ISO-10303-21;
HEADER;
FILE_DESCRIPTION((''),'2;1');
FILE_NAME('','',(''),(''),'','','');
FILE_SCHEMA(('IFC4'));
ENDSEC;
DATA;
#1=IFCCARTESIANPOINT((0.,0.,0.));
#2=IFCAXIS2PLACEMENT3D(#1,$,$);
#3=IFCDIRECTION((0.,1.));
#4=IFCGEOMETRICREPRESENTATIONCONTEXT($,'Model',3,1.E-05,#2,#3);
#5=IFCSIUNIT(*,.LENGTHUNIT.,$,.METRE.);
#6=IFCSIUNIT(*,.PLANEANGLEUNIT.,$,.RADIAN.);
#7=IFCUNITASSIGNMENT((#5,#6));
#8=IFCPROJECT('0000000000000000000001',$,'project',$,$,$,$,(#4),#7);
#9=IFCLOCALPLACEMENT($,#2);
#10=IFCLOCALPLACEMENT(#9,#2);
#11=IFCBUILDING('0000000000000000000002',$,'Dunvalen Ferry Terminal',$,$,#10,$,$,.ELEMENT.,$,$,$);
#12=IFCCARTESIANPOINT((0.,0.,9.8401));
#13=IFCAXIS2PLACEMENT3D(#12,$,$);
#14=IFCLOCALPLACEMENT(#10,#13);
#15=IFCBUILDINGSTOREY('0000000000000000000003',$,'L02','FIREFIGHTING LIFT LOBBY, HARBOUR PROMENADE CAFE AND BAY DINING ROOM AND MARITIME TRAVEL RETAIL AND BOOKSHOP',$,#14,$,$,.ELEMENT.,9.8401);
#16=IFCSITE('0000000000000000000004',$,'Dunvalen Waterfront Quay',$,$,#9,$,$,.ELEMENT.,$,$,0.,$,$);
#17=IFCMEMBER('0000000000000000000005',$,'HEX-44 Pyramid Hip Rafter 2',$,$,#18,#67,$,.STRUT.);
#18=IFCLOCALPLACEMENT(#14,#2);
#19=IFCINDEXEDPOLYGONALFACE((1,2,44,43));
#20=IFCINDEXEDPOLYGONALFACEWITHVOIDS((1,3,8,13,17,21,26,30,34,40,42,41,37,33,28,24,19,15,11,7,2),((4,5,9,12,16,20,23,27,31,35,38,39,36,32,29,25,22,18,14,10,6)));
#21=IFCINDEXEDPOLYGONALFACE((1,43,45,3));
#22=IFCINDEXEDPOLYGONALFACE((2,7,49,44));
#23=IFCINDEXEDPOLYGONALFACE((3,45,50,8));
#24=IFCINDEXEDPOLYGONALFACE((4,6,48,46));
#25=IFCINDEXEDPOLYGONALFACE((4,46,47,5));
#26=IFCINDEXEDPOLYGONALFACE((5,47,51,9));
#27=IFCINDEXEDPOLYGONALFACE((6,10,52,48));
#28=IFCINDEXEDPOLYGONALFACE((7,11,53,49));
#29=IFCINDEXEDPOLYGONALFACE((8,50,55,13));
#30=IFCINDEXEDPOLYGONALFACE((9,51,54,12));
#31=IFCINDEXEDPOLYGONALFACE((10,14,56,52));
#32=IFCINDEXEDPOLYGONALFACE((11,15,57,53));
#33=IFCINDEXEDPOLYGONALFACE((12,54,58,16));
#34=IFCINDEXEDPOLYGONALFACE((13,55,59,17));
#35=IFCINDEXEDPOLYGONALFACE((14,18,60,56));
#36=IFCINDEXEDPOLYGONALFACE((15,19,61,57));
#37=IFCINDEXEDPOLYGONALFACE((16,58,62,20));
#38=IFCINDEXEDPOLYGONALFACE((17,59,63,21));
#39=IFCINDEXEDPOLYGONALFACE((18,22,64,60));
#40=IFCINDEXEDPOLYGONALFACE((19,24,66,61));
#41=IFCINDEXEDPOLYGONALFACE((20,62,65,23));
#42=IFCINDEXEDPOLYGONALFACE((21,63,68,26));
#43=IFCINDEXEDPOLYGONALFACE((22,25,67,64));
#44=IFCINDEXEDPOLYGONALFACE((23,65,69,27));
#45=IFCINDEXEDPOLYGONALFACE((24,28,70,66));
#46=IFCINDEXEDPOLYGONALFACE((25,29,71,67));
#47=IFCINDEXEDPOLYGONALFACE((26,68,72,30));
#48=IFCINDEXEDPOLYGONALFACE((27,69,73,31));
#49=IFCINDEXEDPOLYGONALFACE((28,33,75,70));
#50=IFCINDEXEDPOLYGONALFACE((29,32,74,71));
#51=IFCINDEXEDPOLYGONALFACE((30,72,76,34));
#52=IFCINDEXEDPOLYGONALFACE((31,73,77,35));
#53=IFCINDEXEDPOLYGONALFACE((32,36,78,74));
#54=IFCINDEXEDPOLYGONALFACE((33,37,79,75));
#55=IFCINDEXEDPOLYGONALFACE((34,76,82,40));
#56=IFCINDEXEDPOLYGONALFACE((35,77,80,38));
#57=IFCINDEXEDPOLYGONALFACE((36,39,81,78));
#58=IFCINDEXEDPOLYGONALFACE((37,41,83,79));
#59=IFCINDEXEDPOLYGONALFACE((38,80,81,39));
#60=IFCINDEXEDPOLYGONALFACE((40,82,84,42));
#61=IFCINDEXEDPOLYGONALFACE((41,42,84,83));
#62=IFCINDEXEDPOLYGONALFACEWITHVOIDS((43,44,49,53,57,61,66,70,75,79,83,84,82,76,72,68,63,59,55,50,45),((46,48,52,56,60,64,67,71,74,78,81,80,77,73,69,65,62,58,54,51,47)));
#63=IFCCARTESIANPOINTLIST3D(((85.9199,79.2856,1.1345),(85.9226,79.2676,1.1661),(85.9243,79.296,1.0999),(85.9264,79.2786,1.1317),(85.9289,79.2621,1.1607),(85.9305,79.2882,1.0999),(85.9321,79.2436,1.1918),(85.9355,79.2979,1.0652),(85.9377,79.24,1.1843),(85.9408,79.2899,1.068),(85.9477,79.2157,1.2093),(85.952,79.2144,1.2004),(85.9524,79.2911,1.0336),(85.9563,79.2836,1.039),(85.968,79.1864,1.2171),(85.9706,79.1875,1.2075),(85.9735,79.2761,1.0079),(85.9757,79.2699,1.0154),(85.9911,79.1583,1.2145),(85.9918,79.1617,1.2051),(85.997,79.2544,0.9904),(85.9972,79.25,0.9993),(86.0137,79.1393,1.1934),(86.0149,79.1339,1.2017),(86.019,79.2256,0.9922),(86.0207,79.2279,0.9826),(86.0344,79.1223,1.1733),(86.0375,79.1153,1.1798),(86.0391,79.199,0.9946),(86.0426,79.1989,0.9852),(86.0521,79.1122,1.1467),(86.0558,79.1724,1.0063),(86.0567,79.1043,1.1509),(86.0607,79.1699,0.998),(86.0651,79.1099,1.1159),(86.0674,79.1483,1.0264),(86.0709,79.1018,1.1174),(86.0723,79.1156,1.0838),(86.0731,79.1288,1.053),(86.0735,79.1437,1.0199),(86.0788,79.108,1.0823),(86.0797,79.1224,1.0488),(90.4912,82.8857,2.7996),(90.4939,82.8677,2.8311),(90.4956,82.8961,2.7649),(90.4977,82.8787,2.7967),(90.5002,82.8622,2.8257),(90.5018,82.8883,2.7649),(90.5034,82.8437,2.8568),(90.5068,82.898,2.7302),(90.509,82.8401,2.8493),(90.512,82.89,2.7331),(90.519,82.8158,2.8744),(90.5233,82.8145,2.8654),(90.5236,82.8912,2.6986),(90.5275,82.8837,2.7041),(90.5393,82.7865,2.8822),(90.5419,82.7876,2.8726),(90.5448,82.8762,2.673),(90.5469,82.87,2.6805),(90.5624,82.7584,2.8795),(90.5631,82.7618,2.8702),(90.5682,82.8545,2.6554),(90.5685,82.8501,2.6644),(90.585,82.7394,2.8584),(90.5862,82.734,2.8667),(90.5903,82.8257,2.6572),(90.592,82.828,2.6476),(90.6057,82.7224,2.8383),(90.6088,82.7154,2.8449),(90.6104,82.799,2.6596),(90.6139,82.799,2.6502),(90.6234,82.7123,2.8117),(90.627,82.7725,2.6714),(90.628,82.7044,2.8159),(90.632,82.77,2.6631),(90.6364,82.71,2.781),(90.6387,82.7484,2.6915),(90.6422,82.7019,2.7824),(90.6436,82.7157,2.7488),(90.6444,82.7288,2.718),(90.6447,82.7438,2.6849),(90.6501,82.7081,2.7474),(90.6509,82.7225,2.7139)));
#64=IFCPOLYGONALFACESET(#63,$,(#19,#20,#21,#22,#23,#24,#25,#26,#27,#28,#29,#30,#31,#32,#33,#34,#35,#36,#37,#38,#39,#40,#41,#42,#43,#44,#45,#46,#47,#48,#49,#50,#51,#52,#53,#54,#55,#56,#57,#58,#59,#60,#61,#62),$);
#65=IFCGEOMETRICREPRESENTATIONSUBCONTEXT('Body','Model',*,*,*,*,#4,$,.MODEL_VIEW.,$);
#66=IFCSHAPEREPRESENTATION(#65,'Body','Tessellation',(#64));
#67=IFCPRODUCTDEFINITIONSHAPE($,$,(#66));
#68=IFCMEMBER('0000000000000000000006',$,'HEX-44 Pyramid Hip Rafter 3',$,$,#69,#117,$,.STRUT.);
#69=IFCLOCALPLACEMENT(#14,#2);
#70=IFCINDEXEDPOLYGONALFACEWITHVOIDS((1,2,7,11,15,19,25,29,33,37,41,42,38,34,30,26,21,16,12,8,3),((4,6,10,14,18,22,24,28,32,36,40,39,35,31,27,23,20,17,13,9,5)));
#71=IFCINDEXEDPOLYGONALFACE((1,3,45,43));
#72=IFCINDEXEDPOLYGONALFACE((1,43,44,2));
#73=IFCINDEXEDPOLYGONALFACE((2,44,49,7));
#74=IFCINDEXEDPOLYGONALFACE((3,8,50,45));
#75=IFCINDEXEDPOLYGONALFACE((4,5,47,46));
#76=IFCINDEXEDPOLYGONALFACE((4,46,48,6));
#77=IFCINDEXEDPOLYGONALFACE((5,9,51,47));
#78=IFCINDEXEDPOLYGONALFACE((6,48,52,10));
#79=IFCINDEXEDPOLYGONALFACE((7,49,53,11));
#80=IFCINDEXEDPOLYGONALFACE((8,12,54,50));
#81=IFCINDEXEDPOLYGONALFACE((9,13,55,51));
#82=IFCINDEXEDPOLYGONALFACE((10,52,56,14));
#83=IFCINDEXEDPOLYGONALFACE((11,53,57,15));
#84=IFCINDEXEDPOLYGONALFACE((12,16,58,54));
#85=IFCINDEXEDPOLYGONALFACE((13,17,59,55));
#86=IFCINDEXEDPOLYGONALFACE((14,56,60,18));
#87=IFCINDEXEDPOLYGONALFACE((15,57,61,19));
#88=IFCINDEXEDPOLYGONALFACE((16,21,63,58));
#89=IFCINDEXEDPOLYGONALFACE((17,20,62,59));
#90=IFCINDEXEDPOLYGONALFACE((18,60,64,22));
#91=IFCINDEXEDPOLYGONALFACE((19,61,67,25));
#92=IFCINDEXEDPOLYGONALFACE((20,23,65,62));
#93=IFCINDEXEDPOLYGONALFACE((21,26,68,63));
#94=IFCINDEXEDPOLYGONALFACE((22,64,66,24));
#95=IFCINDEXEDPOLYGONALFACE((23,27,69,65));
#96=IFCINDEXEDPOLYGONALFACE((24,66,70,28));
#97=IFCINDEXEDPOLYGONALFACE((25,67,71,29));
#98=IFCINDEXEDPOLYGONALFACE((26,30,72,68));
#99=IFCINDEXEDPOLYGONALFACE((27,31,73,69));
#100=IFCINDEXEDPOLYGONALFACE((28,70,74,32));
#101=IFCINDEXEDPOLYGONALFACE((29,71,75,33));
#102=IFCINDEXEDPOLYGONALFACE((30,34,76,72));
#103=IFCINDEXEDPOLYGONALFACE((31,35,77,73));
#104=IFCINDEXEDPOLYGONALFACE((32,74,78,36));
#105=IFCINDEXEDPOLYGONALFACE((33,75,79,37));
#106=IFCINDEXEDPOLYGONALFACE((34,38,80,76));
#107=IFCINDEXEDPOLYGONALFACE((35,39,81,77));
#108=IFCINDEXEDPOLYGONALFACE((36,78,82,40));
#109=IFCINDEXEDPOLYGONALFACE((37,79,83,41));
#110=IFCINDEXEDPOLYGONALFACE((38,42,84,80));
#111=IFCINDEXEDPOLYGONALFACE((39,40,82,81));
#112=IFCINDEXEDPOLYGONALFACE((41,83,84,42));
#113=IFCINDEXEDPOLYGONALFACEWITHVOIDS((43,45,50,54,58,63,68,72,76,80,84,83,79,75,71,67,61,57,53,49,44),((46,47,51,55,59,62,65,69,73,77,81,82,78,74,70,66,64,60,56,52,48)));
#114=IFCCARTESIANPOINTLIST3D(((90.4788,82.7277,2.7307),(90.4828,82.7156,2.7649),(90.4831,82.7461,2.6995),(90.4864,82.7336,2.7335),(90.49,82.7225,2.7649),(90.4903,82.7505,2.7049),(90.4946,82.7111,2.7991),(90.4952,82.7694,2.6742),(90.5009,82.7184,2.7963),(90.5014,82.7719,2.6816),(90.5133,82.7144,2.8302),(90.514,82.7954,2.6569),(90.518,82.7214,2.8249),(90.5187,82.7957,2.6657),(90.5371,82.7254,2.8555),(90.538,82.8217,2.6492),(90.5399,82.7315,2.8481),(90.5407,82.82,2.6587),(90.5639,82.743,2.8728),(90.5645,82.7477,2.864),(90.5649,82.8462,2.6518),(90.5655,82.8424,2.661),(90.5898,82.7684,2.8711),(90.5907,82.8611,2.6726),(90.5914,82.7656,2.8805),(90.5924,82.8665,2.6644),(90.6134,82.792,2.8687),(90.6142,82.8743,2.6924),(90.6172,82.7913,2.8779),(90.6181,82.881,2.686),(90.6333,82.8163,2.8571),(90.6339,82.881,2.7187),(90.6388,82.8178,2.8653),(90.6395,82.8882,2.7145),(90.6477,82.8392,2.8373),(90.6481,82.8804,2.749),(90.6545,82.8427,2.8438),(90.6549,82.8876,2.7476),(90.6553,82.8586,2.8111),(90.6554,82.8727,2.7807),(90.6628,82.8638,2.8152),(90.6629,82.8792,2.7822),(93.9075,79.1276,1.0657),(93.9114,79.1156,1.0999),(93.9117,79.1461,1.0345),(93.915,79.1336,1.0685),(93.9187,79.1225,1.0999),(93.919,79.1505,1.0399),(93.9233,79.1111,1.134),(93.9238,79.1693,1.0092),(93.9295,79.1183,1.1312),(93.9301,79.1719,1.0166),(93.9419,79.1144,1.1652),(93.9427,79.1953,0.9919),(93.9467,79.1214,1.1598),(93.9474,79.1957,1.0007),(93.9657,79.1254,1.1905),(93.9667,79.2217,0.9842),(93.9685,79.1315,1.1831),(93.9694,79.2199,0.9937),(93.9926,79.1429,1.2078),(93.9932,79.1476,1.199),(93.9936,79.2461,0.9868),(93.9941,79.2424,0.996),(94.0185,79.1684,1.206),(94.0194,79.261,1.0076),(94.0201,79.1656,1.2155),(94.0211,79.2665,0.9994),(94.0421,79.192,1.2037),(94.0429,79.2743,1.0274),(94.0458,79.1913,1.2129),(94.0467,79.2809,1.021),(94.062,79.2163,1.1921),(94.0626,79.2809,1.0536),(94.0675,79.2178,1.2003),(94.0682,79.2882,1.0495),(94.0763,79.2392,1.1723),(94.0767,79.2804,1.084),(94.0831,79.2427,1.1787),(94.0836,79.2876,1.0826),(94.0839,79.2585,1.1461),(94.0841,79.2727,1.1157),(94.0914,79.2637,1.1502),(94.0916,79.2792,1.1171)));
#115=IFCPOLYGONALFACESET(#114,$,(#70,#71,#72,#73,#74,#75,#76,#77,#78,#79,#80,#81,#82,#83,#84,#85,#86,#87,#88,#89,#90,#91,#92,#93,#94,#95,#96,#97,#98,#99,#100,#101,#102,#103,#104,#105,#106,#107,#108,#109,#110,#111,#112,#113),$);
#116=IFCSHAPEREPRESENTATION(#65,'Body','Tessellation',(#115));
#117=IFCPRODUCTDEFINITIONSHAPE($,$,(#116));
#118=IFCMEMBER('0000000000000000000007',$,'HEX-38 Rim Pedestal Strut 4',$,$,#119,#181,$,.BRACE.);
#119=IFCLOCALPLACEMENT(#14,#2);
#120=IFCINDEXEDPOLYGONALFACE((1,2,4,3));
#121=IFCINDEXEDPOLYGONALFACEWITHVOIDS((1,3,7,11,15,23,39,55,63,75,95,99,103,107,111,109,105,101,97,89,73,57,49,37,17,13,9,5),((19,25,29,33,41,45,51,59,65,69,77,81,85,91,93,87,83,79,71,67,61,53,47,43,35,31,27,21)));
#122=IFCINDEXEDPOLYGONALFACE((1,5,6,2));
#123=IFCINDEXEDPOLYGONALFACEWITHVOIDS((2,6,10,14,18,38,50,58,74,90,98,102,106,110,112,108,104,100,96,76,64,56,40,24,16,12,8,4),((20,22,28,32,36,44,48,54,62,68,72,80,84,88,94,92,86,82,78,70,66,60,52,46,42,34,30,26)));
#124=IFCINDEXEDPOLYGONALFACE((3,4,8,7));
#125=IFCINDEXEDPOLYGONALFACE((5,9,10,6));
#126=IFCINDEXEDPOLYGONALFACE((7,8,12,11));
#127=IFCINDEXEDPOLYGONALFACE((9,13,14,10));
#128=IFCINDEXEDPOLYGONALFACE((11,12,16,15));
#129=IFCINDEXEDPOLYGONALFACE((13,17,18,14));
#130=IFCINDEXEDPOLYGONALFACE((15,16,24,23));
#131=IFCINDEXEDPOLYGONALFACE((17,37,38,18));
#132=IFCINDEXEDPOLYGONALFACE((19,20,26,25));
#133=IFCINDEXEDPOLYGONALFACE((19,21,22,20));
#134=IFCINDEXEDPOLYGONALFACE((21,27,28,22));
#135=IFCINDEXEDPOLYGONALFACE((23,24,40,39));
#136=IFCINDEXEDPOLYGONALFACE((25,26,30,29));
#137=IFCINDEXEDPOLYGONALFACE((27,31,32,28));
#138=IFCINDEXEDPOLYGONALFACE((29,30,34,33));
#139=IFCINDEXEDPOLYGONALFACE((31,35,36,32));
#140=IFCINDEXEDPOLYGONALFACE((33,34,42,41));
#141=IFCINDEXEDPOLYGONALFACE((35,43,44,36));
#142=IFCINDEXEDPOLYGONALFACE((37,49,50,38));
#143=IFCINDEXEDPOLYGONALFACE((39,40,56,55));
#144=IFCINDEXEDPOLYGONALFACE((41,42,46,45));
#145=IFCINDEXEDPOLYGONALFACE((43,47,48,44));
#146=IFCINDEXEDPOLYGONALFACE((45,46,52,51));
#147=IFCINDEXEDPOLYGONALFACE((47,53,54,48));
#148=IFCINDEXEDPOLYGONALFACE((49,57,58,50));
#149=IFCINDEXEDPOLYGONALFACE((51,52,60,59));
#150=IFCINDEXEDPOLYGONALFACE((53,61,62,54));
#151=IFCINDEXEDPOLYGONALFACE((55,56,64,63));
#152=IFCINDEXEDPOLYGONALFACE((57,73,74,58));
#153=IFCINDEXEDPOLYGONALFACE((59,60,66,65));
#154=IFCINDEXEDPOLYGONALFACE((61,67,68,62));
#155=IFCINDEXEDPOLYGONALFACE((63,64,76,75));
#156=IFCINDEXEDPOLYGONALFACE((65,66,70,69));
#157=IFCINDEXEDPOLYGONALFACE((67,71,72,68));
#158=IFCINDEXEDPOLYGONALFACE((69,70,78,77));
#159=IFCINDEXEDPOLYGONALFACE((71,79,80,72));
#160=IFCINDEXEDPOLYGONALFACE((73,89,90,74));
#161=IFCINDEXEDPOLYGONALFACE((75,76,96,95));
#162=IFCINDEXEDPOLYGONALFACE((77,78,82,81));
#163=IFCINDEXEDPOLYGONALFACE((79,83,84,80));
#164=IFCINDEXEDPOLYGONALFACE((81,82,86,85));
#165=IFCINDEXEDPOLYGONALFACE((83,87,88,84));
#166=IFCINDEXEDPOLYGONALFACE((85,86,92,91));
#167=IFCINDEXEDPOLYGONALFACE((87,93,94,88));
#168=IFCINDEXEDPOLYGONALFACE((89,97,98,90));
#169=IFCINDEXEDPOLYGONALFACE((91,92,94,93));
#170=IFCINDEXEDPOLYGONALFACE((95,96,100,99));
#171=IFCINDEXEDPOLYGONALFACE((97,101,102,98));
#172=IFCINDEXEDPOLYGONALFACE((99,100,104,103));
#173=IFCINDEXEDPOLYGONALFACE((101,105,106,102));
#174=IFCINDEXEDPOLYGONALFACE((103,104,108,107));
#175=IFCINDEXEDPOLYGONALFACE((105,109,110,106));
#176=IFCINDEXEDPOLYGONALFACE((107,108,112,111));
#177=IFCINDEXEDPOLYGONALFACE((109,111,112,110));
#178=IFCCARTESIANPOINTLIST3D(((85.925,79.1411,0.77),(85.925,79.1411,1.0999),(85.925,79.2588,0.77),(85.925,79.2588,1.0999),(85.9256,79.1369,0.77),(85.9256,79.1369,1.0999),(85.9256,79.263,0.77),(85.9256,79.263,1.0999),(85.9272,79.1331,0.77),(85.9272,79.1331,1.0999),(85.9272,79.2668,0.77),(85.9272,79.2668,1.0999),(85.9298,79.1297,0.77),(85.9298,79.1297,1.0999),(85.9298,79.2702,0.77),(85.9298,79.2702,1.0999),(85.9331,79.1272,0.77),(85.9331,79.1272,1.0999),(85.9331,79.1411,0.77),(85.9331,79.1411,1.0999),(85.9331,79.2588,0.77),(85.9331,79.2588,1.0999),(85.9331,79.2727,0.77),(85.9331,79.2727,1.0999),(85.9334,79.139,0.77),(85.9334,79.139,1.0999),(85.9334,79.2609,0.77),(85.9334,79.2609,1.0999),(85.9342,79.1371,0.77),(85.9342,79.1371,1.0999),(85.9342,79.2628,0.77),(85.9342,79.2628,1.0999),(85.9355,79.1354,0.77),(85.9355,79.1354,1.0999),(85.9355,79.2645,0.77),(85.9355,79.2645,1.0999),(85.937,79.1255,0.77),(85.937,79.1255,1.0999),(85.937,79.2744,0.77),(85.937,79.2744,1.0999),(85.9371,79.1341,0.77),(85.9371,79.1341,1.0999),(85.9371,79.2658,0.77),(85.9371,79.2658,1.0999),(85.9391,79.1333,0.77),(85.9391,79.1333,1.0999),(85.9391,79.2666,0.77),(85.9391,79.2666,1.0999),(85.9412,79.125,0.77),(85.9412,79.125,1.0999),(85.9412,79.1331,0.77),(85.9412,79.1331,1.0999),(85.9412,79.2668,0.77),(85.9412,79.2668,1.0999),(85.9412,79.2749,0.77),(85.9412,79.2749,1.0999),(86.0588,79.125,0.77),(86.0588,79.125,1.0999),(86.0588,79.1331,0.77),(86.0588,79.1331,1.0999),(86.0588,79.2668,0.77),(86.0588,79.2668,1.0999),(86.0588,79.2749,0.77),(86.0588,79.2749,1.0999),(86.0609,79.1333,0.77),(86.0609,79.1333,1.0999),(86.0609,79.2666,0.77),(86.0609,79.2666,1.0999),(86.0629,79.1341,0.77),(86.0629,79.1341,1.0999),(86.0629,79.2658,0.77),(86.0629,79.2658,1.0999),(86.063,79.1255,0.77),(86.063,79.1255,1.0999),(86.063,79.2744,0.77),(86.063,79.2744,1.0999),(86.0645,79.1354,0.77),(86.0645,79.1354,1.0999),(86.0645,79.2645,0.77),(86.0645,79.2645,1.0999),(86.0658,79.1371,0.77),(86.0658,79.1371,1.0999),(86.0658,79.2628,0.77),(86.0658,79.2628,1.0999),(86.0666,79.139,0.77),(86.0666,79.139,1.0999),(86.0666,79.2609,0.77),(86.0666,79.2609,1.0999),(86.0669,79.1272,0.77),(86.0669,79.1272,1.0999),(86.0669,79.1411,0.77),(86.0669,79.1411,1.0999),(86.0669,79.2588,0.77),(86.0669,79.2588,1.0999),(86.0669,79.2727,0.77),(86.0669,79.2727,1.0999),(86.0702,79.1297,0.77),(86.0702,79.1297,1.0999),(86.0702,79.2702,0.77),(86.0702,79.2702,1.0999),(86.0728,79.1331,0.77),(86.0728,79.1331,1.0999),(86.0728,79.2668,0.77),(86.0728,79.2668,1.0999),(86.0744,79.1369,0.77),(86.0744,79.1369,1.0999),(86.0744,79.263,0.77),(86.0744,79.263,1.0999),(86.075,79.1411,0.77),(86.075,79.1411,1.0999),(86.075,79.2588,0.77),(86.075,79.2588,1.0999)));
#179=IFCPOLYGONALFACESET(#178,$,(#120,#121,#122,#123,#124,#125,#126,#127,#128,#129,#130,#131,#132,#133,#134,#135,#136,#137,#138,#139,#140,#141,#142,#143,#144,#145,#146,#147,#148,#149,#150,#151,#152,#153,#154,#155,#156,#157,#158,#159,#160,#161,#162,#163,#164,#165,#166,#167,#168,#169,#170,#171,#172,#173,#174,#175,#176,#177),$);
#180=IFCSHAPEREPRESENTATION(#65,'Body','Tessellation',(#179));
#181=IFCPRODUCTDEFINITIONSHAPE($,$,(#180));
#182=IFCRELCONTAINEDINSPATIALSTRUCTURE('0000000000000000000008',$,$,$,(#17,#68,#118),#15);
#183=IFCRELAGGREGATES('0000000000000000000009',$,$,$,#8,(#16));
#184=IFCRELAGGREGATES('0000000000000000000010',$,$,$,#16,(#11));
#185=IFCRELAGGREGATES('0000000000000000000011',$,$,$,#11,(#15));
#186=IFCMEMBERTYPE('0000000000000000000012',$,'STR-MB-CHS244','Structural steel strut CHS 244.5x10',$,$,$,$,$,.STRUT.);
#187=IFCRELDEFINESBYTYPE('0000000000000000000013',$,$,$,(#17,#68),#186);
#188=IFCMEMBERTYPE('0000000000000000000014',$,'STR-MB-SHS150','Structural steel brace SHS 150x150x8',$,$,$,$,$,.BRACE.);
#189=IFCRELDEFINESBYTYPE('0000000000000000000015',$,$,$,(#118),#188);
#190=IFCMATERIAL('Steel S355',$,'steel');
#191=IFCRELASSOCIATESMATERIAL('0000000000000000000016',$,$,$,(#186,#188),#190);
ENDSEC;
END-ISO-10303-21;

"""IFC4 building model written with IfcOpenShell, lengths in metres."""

from ifc_helpers import new_model, si_unit, direction, frame, origin, origin_2d, place, context, subcontext, project, spatial, hollow_rectangle, hollow_circle, extrude, material, material_profile, profile_set, type_object, element, save


model = new_model("IFC4")

# Units and contexts
model_context = context("Model", 3, precision=1e-05, world=origin(), true_north=direction((0.0, 1.0)))
body_context = subcontext(model_context, "Body", "Model", "MODEL_VIEW")
ifc_project = project(units=[si_unit("LENGTHUNIT", "METRE"), si_unit("PLANEANGLEUNIT", "RADIAN")], contexts=[model_context])

# Site, building, storey
site_placement = place(None, origin())
site = spatial("IfcSite", under=ifc_project, at=site_placement, Name="Dunvalen Waterfront Quay", CompositionType="ELEMENT", RefElevation=0.0)
building_placement = place(site_placement, origin())
building = spatial("IfcBuilding", under=site, at=building_placement, Name="Dunvalen Ferry Terminal", CompositionType="ELEMENT")
storey_placement = place(building_placement, frame((0.0, 0.0, 9.8401)))
storey = spatial("IfcBuildingStorey", under=building, at=storey_placement, Name="L02", Description="FIREFIGHTING LIFT LOBBY, HARBOUR PROMENADE CAFE AND BAY DINING ROOM AND MARITIME TRAVEL RETAIL AND BOOKSHOP", CompositionType="ELEMENT", Elevation=9.8401)

# Shared definitions
ifc_material_1 = material(Name="Steel S355", Category="steel")

# Members
ifc_material_profile_1 = material_profile(ifc_material_1, hollow_circle(Radius=0.1223, WallThickness=0.01, at=origin_2d()), Name="Steel S355")
ifc_profile_set_1 = profile_set([ifc_material_profile_1], Name="Steel S355")
member_type_1 = type_object("IfcMemberType", Name="STR-MB-CHS244", Description="Structural steel strut CHS 244.5x10", PredefinedType="STRUT", material=ifc_profile_set_1)
member_1_placement = place(storey_placement, frame((86.0, 79.2, 1.0999), z_axis=(0.755304, 0.594836, 0.275111), x_axis=(-0.618711, 0.785619, 0.0)))
element("IfcMember", 1, at=member_1_placement, inside=storey, type_object=member_type_1, Name="HEX-44 Pyramid Hip Rafter 2", PredefinedType="STRUT", context=body_context, shape_type="SweptSolid", body=[
    extrude(hollow_circle(Radius=0.1223, WallThickness=0.01, at=origin_2d()), origin(), (0.0, 0.0, 1.0), 6.0522),
])
member_2_placement = place(storey_placement, frame((94.0, 79.2, 1.0999), z_axis=(-0.653959, 0.686648, 0.317573), x_axis=(-0.724133, -0.68966, 0.0)))
element("IfcMember", 2, at=member_2_placement, inside=storey, type_object=member_type_1, Name="HEX-44 Pyramid Hip Rafter 3", PredefinedType="STRUT", context=body_context, shape_type="SweptSolid", body=[
    extrude(hollow_circle(Radius=0.1223, WallThickness=0.01, at=origin_2d()), origin(), (0.0, 0.0, 1.0), 5.2429),
])
ifc_material_profile_2 = material_profile(ifc_material_1, hollow_rectangle(XDim=0.1499, YDim=0.1499, WallThickness=0.0081, InnerFilletRadius=0.0081, OuterFilletRadius=0.0161, at=origin_2d()), Name="Steel S355")
ifc_profile_set_2 = profile_set([ifc_material_profile_2], Name="Steel S355")
member_type_2 = type_object("IfcMemberType", Name="STR-MB-SHS150", Description="Structural steel brace SHS 150x150x8", PredefinedType="BRACE", material=ifc_profile_set_2)
for number, where, z_axis, x_axis, name in (
    (3, (86.0, 79.2, 0.77), (0.0, 0.0, 1.0), (1.0, 0.0, 0.0), "HEX-38 Rim Pedestal Strut 4"),
):
    element("IfcMember", number, at=place(storey_placement, frame(where, z_axis=z_axis, x_axis=x_axis)), inside=storey, type_object=member_type_2, Name=name, PredefinedType="BRACE", context=body_context, shape_type="SweptSolid", body=[
        extrude(hollow_rectangle(XDim=0.1499, YDim=0.1499, WallThickness=0.0081, InnerFilletRadius=0.0081, OuterFilletRadius=0.0161, at=origin_2d()), origin(), (0.0, 0.0, 1.0), 0.3298),
    ])

save(model, "model.ifc")
